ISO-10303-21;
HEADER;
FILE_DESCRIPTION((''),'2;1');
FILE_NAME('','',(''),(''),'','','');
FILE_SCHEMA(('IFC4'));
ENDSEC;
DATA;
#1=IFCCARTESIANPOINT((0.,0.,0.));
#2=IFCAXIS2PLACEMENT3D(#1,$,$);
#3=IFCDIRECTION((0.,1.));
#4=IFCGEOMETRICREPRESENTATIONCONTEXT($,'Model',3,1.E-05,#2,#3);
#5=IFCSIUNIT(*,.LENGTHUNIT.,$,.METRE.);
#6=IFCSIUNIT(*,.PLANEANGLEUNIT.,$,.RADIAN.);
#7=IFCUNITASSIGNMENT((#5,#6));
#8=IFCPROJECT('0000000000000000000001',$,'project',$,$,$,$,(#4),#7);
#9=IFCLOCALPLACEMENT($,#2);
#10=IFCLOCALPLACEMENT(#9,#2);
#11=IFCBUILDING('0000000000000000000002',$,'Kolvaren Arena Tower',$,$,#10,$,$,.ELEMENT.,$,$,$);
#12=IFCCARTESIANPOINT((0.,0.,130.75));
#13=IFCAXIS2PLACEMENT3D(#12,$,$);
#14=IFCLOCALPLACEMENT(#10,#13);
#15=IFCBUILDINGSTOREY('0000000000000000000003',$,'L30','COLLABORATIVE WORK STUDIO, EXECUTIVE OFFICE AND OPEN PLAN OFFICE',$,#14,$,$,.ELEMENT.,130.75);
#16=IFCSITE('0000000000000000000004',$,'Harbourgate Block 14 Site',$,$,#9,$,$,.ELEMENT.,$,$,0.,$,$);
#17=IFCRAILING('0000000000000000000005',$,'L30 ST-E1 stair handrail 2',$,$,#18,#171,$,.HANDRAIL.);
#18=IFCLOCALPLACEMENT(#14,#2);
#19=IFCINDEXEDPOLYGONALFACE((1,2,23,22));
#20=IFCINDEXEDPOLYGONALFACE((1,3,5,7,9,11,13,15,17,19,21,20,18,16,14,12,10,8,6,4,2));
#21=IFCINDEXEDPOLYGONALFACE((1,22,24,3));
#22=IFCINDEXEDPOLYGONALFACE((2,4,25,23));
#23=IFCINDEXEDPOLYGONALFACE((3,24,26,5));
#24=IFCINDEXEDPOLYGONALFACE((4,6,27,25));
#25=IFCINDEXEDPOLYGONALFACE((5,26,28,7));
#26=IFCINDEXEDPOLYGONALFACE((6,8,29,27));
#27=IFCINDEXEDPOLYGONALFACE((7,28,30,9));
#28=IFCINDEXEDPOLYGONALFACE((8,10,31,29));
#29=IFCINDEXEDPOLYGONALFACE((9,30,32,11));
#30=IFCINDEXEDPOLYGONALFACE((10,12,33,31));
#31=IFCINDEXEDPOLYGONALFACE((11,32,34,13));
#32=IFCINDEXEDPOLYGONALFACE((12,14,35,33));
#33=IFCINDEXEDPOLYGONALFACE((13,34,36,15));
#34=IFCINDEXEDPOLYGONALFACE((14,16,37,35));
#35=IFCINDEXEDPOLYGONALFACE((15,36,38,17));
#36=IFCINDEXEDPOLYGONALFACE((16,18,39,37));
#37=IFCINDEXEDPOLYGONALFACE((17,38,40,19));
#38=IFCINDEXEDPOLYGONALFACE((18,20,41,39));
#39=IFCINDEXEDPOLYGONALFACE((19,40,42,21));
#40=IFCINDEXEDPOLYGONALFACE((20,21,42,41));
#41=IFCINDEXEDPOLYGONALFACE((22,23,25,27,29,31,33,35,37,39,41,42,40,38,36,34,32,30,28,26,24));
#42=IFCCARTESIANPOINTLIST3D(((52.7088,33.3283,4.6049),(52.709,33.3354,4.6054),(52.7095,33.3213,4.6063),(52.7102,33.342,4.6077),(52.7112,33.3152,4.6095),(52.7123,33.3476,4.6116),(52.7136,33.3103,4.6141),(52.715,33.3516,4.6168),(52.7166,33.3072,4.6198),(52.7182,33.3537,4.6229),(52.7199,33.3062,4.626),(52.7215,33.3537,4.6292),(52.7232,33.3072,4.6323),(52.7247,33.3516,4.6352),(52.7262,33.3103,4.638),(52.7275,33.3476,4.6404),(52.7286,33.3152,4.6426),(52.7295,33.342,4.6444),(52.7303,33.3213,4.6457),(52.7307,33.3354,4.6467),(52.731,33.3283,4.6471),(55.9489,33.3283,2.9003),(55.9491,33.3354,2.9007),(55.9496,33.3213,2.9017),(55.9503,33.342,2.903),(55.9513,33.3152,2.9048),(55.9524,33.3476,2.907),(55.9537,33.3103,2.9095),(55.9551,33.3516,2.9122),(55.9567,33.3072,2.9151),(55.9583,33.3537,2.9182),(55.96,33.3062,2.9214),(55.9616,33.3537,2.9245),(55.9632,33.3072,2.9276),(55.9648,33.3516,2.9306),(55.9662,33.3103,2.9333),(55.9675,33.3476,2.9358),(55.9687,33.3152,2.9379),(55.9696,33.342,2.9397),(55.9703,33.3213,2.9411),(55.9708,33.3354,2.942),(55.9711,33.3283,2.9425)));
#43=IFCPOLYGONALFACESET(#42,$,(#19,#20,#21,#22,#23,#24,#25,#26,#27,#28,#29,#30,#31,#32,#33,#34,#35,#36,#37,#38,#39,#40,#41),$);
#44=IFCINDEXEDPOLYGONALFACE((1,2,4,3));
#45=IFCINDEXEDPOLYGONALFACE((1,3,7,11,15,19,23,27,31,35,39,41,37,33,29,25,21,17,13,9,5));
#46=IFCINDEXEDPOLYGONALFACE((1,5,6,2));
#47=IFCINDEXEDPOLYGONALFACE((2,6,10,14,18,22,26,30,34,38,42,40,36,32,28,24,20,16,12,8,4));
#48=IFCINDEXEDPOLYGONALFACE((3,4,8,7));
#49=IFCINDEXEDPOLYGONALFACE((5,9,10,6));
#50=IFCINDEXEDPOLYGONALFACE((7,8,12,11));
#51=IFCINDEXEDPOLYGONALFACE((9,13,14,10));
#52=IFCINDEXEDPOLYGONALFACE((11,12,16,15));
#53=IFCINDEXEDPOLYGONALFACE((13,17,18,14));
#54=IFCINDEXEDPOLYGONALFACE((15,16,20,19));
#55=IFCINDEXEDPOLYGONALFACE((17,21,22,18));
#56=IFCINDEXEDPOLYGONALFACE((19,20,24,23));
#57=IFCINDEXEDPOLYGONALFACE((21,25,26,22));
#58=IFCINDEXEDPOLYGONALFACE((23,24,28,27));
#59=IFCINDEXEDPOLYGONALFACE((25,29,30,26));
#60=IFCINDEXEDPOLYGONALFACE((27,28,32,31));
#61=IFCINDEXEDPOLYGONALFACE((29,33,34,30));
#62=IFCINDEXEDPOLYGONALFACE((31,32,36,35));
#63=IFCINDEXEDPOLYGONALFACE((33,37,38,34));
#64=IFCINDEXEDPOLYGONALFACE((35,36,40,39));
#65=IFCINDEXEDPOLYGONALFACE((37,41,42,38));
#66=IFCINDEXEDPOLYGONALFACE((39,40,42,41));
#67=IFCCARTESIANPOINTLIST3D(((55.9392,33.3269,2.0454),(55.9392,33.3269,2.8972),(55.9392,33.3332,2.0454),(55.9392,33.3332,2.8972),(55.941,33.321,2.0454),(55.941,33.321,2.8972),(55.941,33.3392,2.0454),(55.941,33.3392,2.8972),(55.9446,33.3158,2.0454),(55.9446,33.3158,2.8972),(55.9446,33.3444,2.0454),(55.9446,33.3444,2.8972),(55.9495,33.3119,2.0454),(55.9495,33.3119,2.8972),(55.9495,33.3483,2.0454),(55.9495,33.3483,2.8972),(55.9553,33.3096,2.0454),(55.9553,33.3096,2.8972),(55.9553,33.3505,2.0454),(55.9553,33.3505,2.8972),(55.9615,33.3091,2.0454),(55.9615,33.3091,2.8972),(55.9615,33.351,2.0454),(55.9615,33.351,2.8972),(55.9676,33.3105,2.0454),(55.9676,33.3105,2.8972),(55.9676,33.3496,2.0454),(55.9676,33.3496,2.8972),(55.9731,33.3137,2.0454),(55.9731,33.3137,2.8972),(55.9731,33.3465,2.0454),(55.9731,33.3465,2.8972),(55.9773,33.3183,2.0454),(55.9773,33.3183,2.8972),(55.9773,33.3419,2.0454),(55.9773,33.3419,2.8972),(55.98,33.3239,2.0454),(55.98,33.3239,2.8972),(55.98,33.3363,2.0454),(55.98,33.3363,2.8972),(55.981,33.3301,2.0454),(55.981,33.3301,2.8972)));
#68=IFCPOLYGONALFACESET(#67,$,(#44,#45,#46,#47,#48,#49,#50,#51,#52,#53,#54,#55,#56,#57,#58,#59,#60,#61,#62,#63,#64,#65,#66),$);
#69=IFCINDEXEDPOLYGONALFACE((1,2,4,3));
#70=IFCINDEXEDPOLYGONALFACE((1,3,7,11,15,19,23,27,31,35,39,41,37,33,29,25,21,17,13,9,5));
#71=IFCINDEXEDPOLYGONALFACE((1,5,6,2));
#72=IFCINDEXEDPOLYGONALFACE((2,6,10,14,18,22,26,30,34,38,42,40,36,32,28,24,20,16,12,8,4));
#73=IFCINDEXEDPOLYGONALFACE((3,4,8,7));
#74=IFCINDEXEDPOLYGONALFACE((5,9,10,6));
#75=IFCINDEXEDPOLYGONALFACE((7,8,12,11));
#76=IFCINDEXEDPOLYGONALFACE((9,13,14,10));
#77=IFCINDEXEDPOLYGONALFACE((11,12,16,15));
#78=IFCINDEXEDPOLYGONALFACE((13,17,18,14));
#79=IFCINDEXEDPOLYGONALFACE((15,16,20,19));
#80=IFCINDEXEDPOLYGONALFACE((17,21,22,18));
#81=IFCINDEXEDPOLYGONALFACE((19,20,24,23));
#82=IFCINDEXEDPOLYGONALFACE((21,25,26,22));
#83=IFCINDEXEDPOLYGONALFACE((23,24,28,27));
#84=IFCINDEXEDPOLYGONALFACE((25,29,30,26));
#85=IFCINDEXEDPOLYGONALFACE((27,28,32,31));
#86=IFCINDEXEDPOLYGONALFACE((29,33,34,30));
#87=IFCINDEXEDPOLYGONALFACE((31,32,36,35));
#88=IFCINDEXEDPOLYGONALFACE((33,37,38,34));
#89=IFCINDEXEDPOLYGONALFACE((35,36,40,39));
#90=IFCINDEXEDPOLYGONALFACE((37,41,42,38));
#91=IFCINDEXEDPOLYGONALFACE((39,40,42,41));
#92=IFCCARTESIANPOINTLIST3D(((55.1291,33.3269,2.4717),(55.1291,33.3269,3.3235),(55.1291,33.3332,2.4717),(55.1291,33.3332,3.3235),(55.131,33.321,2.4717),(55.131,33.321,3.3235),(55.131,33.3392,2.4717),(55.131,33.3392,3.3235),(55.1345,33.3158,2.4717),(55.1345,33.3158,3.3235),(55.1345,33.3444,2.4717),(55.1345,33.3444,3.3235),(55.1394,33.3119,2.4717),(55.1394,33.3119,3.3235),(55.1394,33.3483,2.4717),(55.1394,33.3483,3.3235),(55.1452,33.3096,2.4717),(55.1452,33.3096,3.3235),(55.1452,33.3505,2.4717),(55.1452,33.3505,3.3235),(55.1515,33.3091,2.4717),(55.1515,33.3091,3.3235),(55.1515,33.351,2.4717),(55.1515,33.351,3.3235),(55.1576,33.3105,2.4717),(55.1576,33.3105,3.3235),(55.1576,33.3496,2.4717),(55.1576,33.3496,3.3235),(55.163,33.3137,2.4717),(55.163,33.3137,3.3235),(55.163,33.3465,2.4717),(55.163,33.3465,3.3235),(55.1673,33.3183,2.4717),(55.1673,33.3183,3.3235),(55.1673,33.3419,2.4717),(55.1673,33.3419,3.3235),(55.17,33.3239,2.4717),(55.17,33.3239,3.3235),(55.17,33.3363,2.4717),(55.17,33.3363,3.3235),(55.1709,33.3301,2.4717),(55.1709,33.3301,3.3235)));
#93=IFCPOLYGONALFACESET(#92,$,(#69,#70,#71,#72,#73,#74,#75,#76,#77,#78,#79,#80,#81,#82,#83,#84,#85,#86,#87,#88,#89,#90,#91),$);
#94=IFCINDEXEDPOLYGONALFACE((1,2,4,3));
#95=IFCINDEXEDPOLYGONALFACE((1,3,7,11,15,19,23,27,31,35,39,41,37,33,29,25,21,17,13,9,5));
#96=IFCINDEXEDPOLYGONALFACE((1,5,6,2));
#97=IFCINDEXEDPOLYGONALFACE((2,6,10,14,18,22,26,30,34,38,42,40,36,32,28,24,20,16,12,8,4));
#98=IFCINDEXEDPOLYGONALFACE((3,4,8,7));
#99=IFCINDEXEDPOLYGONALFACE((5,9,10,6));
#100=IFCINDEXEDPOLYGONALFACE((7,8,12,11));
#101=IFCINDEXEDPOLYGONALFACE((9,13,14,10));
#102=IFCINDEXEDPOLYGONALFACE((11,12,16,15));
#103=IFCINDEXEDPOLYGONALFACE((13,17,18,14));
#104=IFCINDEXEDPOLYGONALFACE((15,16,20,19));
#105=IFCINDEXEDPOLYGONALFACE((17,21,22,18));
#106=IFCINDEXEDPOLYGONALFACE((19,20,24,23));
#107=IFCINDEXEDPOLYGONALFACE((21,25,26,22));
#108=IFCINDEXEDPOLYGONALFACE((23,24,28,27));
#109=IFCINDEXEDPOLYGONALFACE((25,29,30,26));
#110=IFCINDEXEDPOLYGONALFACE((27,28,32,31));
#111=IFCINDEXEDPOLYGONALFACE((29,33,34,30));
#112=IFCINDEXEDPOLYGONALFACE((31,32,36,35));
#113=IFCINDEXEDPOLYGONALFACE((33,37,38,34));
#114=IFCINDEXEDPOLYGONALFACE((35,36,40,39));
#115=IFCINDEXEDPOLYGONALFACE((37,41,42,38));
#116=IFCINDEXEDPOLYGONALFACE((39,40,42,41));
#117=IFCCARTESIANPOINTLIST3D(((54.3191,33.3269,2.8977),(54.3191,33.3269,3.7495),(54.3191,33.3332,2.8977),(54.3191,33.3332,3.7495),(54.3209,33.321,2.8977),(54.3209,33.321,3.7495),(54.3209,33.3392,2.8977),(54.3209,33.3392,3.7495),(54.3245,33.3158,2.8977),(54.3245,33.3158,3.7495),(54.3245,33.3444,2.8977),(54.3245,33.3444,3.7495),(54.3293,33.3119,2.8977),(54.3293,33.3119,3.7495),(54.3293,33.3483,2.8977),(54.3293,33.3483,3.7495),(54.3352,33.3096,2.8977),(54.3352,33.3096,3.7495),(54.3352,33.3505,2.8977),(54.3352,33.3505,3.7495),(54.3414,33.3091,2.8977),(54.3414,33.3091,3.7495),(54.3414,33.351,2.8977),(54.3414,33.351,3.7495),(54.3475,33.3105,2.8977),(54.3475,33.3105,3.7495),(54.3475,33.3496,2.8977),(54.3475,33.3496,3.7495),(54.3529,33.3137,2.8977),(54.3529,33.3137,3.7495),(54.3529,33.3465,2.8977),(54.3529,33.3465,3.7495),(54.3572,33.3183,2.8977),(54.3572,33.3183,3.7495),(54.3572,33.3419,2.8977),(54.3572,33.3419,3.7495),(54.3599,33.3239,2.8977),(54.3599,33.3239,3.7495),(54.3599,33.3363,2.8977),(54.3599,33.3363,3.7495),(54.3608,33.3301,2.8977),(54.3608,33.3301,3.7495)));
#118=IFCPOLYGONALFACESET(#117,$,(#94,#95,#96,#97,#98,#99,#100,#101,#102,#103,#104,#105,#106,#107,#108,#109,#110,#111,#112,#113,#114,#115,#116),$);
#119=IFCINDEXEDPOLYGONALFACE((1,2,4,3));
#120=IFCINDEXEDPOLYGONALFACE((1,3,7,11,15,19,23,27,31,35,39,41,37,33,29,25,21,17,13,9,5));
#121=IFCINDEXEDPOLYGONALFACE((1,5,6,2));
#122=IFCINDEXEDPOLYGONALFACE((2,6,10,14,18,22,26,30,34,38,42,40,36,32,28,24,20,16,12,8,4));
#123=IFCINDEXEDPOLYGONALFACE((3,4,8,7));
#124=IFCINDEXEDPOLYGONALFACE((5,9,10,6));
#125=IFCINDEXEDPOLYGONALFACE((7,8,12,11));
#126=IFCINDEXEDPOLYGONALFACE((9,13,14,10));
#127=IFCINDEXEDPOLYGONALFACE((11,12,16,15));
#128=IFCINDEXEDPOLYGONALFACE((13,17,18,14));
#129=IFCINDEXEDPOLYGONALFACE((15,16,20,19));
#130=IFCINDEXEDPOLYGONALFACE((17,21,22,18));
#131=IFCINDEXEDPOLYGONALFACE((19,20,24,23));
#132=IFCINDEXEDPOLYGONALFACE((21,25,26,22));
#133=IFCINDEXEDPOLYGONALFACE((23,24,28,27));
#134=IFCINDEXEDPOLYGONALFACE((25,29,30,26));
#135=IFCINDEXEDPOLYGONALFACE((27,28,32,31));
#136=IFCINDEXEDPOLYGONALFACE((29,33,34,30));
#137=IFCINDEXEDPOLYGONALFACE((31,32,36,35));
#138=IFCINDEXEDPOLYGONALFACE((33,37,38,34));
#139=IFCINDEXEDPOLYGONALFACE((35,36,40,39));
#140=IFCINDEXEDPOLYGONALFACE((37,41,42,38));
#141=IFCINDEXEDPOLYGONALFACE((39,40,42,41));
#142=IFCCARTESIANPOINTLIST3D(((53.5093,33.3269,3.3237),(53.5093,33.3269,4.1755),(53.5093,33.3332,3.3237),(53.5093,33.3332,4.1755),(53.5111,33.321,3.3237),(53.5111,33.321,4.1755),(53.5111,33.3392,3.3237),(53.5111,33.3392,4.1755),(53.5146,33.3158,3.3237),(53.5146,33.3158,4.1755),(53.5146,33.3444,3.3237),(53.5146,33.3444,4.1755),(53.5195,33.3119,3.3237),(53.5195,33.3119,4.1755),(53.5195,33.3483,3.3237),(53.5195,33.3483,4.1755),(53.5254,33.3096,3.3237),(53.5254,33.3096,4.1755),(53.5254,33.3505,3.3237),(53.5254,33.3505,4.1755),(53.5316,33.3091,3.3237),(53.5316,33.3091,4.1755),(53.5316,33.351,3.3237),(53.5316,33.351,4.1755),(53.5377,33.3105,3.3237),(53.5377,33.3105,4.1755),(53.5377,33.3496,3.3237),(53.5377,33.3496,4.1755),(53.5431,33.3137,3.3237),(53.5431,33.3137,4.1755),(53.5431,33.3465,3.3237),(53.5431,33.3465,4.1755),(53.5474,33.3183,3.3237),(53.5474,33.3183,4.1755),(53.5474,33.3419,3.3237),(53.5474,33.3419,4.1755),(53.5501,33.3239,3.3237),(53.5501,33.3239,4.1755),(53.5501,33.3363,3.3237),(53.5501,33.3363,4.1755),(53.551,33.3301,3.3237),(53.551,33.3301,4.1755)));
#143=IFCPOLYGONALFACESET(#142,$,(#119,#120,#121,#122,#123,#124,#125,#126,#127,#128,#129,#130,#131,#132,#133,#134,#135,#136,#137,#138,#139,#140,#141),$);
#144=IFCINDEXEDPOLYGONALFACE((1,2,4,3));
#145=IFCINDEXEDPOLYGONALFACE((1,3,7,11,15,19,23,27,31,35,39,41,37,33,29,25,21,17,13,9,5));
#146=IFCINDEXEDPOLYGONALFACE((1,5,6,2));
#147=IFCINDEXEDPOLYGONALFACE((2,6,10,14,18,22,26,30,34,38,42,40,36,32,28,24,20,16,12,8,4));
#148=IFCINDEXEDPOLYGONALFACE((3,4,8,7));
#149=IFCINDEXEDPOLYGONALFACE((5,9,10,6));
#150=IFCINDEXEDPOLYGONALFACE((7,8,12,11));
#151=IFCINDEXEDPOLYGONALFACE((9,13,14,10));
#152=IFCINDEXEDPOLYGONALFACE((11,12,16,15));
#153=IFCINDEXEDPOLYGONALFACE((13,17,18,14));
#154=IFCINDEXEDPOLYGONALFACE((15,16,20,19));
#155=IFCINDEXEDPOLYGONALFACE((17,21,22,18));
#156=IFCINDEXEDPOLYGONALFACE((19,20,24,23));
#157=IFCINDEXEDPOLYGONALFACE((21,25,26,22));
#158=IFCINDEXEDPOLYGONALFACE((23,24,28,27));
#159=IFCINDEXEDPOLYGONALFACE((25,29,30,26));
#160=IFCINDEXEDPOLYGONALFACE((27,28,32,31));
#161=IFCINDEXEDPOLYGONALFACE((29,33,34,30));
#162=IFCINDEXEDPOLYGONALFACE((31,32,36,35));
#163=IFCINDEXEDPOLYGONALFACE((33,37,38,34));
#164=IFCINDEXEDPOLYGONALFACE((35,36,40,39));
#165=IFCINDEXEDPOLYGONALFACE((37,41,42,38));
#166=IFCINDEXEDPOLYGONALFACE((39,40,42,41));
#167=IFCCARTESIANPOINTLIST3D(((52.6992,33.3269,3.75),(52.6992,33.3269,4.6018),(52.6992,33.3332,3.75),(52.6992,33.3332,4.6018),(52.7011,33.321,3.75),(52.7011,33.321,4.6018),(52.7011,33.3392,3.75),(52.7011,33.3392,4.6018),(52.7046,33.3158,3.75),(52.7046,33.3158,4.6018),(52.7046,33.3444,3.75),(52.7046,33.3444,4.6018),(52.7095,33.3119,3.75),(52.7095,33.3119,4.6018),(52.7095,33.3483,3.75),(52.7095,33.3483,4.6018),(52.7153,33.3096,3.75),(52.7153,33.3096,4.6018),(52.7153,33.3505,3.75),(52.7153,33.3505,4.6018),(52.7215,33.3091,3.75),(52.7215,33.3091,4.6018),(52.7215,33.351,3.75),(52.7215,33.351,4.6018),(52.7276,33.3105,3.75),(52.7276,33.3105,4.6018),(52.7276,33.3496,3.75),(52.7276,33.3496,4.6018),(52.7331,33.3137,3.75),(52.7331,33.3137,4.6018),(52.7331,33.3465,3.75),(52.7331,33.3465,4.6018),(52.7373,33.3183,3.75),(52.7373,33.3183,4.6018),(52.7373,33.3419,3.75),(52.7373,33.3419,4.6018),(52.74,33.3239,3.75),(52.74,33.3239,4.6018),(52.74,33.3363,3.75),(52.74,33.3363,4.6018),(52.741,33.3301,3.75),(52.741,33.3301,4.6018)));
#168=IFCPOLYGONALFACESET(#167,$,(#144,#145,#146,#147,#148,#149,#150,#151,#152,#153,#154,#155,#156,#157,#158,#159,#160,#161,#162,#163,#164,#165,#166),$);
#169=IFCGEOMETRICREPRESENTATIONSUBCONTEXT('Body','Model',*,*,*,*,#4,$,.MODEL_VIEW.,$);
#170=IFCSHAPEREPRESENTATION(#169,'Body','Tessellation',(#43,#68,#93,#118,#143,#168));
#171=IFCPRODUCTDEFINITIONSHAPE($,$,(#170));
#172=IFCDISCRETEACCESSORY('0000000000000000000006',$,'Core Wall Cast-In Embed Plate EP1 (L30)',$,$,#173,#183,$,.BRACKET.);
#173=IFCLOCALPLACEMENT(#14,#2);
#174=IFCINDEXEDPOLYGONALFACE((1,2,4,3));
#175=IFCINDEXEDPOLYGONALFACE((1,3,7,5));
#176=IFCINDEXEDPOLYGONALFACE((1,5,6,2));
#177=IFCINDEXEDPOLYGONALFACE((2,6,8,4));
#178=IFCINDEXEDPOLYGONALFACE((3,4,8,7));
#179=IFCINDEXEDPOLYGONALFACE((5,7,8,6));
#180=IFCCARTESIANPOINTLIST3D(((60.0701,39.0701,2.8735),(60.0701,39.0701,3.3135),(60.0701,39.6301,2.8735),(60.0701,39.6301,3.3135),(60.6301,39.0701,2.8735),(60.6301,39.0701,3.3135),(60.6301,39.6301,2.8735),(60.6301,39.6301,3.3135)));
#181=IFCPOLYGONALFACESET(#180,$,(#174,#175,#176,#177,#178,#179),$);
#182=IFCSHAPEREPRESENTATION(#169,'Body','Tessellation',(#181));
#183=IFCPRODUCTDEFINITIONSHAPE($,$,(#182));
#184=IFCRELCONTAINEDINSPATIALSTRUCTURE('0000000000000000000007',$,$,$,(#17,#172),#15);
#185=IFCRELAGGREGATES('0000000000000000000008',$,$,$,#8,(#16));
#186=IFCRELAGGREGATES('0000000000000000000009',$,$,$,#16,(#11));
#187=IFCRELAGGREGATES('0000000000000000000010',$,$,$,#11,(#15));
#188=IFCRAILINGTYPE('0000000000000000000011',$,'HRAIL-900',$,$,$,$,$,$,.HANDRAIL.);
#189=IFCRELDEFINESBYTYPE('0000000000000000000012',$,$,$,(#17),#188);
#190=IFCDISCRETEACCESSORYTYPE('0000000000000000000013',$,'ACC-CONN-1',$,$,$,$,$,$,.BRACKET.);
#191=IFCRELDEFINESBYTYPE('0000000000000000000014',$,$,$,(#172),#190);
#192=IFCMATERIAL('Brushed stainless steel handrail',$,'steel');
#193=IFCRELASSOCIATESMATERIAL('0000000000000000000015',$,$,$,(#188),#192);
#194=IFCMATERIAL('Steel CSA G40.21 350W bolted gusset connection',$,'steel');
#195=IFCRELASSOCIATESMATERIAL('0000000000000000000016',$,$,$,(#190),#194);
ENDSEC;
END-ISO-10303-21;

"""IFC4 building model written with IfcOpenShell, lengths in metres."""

from ifc_helpers import new_model, si_unit, direction, frame, origin, origin_2d, place, context, subcontext, project, spatial, rectangle, circle, extrude, material, type_object, element, save


model = new_model("IFC4")

# Units and contexts
model_context = context("Model", 3, precision=1e-05, world=origin(), true_north=direction((0.0, 1.0)))
body_context = subcontext(model_context, "Body", "Model", "MODEL_VIEW")
ifc_project = project(units=[si_unit("LENGTHUNIT", "METRE"), si_unit("PLANEANGLEUNIT", "RADIAN")], contexts=[model_context])

# Site, building, storey
site_placement = place(None, origin())
site = spatial("IfcSite", under=ifc_project, at=site_placement, Name="Harbourgate Block 14 Site", CompositionType="ELEMENT", RefElevation=0.0)
building_placement = place(site_placement, origin())
building = spatial("IfcBuilding", under=site, at=building_placement, Name="Kolvaren Arena Tower", CompositionType="ELEMENT")
storey_placement = place(building_placement, frame((0.0, 0.0, 130.75)))
storey = spatial("IfcBuildingStorey", under=building, at=storey_placement, Name="L30", Description="COLLABORATIVE WORK STUDIO, EXECUTIVE OFFICE AND OPEN PLAN OFFICE", CompositionType="ELEMENT", Elevation=130.75)

# Railing
ifc_material_1 = material(Name="Brushed stainless steel handrail", Category="steel")
railing_type_1 = type_object("IfcRailingType", Name="HRAIL-900", PredefinedType="HANDRAIL", material=ifc_material_1)
railing_1_placement = place(storey_placement, frame((55.96, 33.3301, 2.0454)))
element("IfcRailing", 1, at=railing_1_placement, inside=storey, type_object=railing_type_1, Name="L30 ST-E1 stair handrail 2", PredefinedType="HANDRAIL", context=body_context, shape_type="SweptSolid", body=[
    extrude(circle(Radius=0.0239, at=origin_2d()), frame((0.0, 0.0, 0.876), z_axis=(-0.884993, 0.0, 0.465604), x_axis=(0.0, -1.0, 0.0)), (0.0, 0.0, 1.0), 3.6611),
    extrude(circle(Radius=0.021, at=origin_2d()), origin(), (0.0, 0.0, 1.0), 0.8518),
    extrude(circle(Radius=0.021, at=origin_2d()), frame((-0.8101, 0.0, 0.4263)), (0.0, 0.0, 1.0), 0.8518),
    extrude(circle(Radius=0.021, at=origin_2d()), frame((-1.6201, 0.0, 0.8523)), (0.0, 0.0, 1.0), 0.8518),
    extrude(circle(Radius=0.021, at=origin_2d()), frame((-2.4299, 0.0, 1.2783)), (0.0, 0.0, 1.0), 0.8518),
    extrude(circle(Radius=0.021, at=origin_2d()), frame((-3.24, 0.0, 1.7046)), (0.0, 0.0, 1.0), 0.8518),
])

# Discrete accessory
ifc_material_2 = material(Name="Steel CSA G40.21 350W bolted gusset connection", Category="steel")
discrete_accessory_type = type_object("IfcDiscreteAccessoryType", Name="ACC-CONN-1", PredefinedType="BRACKET", material=ifc_material_2)
discrete_accessory_placement = place(storey_placement, frame((60.3501, 39.3501, 2.8735), z_axis=(0.0, 0.0, 1.0), x_axis=(1.0, 0.0, 0.0)))
element("IfcDiscreteAccessory", 2, at=discrete_accessory_placement, inside=storey, type_object=discrete_accessory_type, Name="Core Wall Cast-In Embed Plate EP1 (L30)", PredefinedType="BRACKET", context=body_context, shape_type="SweptSolid", body=[
    extrude(rectangle(XDim=0.5601, YDim=0.5601, at=origin_2d()), origin(), (0.0, 0.0, 1.0), 0.4399),
])

save(model, "model.ifc")
